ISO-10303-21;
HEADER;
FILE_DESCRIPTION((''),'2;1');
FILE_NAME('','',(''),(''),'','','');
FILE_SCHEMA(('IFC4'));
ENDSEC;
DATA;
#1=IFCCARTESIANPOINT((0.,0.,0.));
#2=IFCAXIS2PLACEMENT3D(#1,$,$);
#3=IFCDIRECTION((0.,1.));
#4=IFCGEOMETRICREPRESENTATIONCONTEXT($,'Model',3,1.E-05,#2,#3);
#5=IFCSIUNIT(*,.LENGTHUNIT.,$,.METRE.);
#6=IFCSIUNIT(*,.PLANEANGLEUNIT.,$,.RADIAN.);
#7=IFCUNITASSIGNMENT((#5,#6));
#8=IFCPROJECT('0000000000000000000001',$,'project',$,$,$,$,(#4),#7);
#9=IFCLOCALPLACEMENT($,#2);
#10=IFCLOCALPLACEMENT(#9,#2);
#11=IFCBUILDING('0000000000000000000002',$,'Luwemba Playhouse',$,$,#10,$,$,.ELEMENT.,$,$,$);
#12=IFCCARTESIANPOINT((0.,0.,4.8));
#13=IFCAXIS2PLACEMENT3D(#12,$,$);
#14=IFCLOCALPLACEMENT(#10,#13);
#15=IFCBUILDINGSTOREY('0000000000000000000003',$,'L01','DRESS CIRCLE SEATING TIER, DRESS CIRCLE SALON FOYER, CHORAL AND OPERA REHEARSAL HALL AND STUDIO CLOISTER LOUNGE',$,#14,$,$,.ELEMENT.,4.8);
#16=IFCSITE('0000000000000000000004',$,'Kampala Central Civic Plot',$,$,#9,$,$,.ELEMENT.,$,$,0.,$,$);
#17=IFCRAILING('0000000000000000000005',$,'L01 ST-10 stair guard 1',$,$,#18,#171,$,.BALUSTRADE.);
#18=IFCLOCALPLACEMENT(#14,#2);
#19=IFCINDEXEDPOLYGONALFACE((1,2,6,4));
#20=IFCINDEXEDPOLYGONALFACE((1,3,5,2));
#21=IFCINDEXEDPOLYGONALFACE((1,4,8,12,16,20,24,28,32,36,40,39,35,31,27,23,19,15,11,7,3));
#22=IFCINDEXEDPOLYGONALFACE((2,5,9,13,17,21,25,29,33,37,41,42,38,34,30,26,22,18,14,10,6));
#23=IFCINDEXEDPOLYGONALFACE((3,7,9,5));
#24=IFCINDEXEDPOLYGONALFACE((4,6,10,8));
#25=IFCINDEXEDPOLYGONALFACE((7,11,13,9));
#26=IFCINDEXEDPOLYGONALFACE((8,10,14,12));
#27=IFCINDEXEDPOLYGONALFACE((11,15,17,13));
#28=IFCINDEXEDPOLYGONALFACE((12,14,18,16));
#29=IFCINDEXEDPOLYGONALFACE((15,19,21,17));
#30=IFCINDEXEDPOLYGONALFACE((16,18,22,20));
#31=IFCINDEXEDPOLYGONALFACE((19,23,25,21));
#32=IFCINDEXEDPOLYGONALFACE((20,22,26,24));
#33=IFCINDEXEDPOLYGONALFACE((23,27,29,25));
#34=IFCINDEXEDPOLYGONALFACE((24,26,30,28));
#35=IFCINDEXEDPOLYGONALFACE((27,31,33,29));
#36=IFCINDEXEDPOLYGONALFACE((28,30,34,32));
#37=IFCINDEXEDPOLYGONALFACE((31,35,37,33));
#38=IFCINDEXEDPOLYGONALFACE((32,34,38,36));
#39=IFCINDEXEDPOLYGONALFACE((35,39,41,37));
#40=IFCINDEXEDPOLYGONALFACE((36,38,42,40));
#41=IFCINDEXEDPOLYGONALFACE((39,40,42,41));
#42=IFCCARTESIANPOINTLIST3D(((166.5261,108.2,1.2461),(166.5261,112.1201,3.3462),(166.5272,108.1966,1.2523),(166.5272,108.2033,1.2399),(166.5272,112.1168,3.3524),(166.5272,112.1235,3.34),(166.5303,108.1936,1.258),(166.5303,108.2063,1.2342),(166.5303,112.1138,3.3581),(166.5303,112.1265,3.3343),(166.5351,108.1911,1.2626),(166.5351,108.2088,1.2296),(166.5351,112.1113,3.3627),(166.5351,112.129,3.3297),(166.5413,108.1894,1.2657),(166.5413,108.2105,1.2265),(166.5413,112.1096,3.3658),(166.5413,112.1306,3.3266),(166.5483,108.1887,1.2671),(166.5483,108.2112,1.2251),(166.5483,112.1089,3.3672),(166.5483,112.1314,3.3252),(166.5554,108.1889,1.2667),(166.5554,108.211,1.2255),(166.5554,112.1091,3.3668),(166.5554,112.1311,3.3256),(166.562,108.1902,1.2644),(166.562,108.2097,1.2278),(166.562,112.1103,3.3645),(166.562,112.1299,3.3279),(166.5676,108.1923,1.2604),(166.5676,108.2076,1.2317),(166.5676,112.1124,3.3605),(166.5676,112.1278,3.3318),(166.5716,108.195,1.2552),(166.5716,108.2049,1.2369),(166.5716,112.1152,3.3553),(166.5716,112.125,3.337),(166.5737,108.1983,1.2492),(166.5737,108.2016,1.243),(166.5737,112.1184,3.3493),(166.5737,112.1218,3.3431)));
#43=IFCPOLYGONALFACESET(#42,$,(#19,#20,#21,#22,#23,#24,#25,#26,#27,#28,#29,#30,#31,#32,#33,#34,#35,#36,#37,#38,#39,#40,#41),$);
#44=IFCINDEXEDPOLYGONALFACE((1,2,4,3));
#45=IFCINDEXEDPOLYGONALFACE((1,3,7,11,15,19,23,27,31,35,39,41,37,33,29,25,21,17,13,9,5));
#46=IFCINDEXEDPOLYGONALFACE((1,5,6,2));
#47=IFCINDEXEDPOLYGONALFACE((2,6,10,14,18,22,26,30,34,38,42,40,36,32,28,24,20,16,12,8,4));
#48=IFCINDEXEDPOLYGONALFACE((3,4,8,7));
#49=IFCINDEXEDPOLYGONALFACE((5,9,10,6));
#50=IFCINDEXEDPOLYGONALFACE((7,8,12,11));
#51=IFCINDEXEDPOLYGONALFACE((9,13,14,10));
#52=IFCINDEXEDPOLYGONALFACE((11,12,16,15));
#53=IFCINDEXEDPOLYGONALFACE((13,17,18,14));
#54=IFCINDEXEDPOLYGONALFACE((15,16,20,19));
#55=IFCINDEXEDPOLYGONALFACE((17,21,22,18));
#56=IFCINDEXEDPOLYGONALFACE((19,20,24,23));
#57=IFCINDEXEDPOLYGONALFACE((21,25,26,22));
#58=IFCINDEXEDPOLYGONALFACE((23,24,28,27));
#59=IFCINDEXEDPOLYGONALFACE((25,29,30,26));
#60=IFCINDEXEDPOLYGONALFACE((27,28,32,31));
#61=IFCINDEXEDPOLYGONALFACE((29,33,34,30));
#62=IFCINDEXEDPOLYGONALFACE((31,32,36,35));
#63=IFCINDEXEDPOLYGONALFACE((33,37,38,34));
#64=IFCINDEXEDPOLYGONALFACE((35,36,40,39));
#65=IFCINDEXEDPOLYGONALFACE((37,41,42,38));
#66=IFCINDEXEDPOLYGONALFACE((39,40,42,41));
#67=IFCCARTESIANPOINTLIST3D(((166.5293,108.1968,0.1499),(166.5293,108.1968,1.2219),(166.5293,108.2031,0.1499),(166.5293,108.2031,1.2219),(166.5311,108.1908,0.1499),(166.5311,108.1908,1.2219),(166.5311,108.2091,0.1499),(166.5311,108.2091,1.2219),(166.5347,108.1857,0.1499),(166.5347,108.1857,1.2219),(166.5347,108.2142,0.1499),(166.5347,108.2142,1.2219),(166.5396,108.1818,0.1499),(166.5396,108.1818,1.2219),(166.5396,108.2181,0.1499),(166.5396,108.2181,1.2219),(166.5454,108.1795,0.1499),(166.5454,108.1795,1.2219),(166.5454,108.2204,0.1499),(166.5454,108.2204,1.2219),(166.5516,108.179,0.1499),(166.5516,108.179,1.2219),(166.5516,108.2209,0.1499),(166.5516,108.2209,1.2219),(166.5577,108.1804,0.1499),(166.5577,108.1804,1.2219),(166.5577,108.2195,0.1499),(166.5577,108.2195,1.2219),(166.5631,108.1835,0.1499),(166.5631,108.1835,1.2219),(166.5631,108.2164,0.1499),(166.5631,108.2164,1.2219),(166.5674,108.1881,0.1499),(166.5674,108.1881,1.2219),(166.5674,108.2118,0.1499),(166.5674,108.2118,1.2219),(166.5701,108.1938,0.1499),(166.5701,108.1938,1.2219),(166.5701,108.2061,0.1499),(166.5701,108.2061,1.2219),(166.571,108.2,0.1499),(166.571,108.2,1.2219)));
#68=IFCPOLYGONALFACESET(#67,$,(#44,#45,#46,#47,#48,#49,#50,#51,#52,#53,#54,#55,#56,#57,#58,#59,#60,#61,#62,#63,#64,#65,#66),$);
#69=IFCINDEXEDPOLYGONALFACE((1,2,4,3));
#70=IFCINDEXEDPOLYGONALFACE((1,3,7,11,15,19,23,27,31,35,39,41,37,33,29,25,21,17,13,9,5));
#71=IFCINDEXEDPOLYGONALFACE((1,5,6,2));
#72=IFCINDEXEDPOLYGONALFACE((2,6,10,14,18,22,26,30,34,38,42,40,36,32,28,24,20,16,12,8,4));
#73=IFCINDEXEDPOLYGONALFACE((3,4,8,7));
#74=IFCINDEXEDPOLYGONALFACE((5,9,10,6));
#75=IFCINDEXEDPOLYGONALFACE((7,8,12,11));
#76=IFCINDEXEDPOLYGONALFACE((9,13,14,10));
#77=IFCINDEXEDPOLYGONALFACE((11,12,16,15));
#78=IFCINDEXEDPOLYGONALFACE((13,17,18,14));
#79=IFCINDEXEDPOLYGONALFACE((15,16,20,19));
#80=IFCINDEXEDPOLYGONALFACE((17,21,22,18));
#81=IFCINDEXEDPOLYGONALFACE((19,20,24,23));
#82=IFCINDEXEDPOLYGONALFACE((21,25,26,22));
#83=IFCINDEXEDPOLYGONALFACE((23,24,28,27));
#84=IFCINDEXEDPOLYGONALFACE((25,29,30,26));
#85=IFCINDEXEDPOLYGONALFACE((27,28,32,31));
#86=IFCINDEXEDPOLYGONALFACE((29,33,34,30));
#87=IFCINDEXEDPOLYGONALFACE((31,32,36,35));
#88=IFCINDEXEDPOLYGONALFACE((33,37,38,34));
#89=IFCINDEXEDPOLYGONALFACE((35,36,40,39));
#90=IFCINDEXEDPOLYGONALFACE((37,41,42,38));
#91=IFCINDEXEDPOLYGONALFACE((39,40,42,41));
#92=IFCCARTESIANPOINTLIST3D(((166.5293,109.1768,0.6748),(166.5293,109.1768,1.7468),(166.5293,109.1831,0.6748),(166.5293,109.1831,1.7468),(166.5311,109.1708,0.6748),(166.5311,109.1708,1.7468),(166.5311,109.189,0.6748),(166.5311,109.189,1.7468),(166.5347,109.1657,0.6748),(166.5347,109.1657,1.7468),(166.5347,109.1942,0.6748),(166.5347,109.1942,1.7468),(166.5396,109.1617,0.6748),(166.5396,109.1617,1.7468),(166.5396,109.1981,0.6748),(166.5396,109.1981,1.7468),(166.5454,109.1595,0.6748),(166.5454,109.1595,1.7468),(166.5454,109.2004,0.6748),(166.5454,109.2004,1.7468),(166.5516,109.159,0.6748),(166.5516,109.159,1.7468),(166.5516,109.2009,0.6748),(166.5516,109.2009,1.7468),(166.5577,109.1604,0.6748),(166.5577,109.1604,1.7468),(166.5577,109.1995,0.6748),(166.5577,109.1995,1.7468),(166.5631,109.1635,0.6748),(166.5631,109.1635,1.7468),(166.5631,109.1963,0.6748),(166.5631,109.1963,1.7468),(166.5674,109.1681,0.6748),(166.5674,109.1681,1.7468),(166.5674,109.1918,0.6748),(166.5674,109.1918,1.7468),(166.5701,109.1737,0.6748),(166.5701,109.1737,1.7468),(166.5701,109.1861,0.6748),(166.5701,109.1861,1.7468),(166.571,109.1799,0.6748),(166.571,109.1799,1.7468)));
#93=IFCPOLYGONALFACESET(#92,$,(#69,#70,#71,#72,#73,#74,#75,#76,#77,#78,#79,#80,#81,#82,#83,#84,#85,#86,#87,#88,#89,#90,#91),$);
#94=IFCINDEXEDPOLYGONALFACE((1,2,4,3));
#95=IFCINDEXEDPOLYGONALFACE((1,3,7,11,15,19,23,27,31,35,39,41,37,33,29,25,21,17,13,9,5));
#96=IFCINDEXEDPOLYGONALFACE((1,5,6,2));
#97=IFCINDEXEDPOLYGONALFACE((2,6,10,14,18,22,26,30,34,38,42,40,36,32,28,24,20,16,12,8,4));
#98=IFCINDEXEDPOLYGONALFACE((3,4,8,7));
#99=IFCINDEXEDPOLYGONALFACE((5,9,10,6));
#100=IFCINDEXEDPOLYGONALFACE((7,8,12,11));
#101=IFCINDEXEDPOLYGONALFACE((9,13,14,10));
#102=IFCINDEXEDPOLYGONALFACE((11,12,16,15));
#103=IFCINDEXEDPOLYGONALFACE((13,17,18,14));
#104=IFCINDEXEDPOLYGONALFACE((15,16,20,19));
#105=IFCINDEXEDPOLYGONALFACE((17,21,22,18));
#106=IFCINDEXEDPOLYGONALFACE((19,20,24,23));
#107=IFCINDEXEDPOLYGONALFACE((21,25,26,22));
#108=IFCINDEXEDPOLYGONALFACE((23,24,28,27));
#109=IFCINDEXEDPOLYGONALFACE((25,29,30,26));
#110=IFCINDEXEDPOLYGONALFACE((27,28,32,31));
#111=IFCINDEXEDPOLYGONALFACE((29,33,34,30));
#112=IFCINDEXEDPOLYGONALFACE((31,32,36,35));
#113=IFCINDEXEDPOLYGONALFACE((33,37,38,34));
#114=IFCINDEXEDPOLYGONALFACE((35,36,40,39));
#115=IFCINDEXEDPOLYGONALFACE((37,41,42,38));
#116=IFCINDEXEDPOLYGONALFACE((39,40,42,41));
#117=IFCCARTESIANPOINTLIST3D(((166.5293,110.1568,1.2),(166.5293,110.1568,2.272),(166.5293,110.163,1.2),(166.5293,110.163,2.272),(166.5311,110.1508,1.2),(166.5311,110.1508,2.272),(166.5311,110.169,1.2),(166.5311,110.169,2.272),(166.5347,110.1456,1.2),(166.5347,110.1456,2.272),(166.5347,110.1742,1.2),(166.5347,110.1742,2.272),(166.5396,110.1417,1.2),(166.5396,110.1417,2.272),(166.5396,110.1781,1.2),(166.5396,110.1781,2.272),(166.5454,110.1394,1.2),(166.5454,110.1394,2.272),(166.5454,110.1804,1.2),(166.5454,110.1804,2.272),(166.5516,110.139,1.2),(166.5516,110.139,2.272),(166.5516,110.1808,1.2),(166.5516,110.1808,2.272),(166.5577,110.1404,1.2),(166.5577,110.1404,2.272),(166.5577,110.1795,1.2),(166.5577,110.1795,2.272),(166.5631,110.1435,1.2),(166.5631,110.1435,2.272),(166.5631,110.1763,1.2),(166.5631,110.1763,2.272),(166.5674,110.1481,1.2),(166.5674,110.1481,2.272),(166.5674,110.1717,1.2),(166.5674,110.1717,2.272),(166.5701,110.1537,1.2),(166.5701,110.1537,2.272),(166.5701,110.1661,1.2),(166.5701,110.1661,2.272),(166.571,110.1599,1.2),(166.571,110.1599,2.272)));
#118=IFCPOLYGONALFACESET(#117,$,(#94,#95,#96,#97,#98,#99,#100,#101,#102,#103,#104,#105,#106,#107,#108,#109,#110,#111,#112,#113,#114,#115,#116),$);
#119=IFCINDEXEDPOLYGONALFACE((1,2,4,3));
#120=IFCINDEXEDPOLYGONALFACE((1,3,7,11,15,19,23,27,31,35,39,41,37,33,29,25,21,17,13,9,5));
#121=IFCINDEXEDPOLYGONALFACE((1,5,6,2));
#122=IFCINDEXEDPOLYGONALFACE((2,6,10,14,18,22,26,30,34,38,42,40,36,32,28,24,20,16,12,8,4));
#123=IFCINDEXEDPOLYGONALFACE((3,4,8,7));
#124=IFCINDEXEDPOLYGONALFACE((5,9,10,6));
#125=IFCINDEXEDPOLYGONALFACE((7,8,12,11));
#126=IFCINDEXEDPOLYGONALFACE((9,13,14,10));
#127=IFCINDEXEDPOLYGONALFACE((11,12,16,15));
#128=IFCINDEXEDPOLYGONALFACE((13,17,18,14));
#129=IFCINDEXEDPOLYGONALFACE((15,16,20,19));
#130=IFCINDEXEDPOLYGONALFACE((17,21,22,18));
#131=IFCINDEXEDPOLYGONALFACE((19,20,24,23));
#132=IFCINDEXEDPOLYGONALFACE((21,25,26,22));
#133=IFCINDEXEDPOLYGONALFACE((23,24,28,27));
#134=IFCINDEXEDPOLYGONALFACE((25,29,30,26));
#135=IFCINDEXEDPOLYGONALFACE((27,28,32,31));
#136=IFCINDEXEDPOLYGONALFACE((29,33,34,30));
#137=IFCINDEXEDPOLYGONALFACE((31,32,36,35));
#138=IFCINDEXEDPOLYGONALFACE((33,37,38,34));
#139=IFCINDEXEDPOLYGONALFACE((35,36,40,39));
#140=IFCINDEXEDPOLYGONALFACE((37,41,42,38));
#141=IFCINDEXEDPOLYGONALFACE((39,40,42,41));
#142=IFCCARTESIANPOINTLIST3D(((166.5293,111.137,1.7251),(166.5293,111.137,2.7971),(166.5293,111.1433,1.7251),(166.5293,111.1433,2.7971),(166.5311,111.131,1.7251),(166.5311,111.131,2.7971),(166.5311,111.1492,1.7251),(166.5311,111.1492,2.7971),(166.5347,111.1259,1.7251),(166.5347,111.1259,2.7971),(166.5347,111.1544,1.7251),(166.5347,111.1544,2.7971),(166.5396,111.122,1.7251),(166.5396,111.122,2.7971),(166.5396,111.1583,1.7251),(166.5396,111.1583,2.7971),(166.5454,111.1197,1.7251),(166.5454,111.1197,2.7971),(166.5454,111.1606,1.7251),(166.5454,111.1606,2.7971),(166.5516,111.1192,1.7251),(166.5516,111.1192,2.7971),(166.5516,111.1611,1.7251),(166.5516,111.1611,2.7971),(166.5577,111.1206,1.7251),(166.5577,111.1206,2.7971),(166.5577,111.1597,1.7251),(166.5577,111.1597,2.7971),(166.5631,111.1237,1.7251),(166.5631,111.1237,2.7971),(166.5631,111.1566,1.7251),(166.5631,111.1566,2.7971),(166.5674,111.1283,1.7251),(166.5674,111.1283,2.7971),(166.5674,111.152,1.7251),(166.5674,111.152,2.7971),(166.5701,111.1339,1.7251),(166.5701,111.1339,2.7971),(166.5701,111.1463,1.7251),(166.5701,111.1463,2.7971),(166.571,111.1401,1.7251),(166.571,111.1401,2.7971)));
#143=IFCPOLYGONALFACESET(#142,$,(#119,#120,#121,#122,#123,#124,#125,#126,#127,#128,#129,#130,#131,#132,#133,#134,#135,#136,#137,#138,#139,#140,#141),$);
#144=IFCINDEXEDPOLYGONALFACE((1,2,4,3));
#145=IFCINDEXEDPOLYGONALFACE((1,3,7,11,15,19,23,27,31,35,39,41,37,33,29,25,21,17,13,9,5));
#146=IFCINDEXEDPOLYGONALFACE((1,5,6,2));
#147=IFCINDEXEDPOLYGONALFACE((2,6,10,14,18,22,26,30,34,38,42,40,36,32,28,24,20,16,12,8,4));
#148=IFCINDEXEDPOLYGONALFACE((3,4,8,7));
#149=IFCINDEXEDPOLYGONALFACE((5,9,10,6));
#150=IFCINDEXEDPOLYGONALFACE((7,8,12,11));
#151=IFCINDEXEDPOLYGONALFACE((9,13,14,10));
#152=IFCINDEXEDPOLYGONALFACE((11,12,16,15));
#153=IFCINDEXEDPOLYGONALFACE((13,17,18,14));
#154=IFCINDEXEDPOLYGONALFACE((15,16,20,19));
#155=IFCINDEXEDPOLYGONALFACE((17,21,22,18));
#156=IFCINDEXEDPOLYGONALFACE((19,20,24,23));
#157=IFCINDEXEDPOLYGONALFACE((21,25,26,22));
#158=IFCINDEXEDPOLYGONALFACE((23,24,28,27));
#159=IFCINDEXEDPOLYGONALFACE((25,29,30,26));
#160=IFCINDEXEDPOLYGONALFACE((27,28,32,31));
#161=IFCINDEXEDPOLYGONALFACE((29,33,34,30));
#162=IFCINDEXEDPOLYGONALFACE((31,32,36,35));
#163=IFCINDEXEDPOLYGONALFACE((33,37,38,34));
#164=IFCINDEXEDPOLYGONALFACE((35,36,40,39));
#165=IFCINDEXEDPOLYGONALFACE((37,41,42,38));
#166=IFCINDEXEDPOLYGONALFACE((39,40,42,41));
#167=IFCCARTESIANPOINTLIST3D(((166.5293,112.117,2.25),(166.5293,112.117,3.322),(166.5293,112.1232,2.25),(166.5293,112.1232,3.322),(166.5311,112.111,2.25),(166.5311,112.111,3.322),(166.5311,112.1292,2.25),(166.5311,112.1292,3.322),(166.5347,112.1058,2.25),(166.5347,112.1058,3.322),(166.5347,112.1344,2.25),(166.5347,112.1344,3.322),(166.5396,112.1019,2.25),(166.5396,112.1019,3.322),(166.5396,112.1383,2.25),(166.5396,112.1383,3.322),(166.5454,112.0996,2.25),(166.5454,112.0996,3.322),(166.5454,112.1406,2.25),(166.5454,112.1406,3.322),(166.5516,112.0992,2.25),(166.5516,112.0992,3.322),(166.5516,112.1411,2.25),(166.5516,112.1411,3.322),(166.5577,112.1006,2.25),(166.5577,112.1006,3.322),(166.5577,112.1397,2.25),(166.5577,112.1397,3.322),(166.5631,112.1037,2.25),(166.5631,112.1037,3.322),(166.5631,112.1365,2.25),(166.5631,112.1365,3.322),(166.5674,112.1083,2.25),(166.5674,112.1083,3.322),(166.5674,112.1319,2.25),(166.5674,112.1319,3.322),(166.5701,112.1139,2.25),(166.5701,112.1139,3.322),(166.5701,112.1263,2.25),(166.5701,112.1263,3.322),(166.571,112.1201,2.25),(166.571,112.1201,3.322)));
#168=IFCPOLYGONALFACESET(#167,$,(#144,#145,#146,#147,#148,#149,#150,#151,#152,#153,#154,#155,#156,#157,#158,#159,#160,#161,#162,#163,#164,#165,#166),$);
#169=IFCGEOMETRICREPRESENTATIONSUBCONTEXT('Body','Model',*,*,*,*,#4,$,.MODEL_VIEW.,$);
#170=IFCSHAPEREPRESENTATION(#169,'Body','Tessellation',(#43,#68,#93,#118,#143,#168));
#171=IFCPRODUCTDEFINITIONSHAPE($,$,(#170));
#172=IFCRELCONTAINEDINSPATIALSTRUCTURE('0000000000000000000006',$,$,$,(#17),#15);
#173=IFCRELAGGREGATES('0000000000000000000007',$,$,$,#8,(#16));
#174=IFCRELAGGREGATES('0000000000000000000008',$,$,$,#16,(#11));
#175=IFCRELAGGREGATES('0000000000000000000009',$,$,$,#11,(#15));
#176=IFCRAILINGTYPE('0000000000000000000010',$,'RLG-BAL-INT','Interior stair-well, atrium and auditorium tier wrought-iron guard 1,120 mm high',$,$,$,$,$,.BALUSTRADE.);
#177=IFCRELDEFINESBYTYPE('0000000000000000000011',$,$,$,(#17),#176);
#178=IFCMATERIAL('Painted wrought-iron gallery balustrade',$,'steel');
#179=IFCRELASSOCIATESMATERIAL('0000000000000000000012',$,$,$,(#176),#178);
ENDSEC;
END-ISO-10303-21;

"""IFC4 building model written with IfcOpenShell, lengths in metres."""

from ifc_helpers import new_model, si_unit, direction, frame, origin, origin_2d, place, context, subcontext, project, spatial, circle, extrude, material, type_object, element, save


model = new_model("IFC4")

# Units and contexts
model_context = context("Model", 3, precision=1e-05, world=origin(), true_north=direction((0.0, 1.0)))
body_context = subcontext(model_context, "Body", "Model", "MODEL_VIEW")
ifc_project = project(units=[si_unit("LENGTHUNIT", "METRE"), si_unit("PLANEANGLEUNIT", "RADIAN")], contexts=[model_context])

# Site, building, storey
site_placement = place(None, origin())
site = spatial("IfcSite", under=ifc_project, at=site_placement, Name="Kampala Central Civic Plot", CompositionType="ELEMENT", RefElevation=0.0)
building_placement = place(site_placement, origin())
building = spatial("IfcBuilding", under=site, at=building_placement, Name="Luwemba Playhouse", CompositionType="ELEMENT")
storey_placement = place(building_placement, frame((0.0, 0.0, 4.8)))
storey = spatial("IfcBuildingStorey", under=building, at=storey_placement, Name="L01", Description="DRESS CIRCLE SEATING TIER, DRESS CIRCLE SALON FOYER, CHORAL AND OPERA REHEARSAL HALL AND STUDIO CLOISTER LOUNGE", CompositionType="ELEMENT", Elevation=4.8)

# Railing
ifc_material_1 = material(Name="Painted wrought-iron gallery balustrade", Category="steel")
railing_type = type_object("IfcRailingType", Name="RLG-BAL-INT", Description="Interior stair-well, atrium and auditorium tier wrought-iron guard 1,120 mm high", PredefinedType="BALUSTRADE", material=ifc_material_1)
railing_1_placement = place(storey_placement, frame((166.55, 108.2, 0.1499)))
element("IfcRailing", 1, at=railing_1_placement, inside=storey, type_object=railing_type, Name="L01 ST-10 stair guard 1", PredefinedType="BALUSTRADE", context=body_context, shape_type="SweptSolid", body=[
    extrude(circle(Radius=0.0239, at=origin_2d()), frame((0.0, 0.0, 1.0962), z_axis=(0.0, 0.881479, 0.472223), x_axis=(-1.0, 0.0, 0.0)), (0.0, 0.0, 1.0), 4.4473),
    extrude(circle(Radius=0.021, at=origin_2d()), origin(), (0.0, 0.0, 1.0), 1.072),
    extrude(circle(Radius=0.021, at=origin_2d()), frame((0.0, 0.98, 0.5249)), (0.0, 0.0, 1.0), 1.072),
    extrude(circle(Radius=0.021, at=origin_2d()), frame((0.0, 1.96, 1.05)), (0.0, 0.0, 1.0), 1.072),
    extrude(circle(Radius=0.021, at=origin_2d()), frame((0.0, 2.9402, 1.5752)), (0.0, 0.0, 1.0), 1.072),
    extrude(circle(Radius=0.021, at=origin_2d()), frame((0.0, 3.9202, 2.1001)), (0.0, 0.0, 1.0), 1.072),
])

save(model, "model.ifc")
